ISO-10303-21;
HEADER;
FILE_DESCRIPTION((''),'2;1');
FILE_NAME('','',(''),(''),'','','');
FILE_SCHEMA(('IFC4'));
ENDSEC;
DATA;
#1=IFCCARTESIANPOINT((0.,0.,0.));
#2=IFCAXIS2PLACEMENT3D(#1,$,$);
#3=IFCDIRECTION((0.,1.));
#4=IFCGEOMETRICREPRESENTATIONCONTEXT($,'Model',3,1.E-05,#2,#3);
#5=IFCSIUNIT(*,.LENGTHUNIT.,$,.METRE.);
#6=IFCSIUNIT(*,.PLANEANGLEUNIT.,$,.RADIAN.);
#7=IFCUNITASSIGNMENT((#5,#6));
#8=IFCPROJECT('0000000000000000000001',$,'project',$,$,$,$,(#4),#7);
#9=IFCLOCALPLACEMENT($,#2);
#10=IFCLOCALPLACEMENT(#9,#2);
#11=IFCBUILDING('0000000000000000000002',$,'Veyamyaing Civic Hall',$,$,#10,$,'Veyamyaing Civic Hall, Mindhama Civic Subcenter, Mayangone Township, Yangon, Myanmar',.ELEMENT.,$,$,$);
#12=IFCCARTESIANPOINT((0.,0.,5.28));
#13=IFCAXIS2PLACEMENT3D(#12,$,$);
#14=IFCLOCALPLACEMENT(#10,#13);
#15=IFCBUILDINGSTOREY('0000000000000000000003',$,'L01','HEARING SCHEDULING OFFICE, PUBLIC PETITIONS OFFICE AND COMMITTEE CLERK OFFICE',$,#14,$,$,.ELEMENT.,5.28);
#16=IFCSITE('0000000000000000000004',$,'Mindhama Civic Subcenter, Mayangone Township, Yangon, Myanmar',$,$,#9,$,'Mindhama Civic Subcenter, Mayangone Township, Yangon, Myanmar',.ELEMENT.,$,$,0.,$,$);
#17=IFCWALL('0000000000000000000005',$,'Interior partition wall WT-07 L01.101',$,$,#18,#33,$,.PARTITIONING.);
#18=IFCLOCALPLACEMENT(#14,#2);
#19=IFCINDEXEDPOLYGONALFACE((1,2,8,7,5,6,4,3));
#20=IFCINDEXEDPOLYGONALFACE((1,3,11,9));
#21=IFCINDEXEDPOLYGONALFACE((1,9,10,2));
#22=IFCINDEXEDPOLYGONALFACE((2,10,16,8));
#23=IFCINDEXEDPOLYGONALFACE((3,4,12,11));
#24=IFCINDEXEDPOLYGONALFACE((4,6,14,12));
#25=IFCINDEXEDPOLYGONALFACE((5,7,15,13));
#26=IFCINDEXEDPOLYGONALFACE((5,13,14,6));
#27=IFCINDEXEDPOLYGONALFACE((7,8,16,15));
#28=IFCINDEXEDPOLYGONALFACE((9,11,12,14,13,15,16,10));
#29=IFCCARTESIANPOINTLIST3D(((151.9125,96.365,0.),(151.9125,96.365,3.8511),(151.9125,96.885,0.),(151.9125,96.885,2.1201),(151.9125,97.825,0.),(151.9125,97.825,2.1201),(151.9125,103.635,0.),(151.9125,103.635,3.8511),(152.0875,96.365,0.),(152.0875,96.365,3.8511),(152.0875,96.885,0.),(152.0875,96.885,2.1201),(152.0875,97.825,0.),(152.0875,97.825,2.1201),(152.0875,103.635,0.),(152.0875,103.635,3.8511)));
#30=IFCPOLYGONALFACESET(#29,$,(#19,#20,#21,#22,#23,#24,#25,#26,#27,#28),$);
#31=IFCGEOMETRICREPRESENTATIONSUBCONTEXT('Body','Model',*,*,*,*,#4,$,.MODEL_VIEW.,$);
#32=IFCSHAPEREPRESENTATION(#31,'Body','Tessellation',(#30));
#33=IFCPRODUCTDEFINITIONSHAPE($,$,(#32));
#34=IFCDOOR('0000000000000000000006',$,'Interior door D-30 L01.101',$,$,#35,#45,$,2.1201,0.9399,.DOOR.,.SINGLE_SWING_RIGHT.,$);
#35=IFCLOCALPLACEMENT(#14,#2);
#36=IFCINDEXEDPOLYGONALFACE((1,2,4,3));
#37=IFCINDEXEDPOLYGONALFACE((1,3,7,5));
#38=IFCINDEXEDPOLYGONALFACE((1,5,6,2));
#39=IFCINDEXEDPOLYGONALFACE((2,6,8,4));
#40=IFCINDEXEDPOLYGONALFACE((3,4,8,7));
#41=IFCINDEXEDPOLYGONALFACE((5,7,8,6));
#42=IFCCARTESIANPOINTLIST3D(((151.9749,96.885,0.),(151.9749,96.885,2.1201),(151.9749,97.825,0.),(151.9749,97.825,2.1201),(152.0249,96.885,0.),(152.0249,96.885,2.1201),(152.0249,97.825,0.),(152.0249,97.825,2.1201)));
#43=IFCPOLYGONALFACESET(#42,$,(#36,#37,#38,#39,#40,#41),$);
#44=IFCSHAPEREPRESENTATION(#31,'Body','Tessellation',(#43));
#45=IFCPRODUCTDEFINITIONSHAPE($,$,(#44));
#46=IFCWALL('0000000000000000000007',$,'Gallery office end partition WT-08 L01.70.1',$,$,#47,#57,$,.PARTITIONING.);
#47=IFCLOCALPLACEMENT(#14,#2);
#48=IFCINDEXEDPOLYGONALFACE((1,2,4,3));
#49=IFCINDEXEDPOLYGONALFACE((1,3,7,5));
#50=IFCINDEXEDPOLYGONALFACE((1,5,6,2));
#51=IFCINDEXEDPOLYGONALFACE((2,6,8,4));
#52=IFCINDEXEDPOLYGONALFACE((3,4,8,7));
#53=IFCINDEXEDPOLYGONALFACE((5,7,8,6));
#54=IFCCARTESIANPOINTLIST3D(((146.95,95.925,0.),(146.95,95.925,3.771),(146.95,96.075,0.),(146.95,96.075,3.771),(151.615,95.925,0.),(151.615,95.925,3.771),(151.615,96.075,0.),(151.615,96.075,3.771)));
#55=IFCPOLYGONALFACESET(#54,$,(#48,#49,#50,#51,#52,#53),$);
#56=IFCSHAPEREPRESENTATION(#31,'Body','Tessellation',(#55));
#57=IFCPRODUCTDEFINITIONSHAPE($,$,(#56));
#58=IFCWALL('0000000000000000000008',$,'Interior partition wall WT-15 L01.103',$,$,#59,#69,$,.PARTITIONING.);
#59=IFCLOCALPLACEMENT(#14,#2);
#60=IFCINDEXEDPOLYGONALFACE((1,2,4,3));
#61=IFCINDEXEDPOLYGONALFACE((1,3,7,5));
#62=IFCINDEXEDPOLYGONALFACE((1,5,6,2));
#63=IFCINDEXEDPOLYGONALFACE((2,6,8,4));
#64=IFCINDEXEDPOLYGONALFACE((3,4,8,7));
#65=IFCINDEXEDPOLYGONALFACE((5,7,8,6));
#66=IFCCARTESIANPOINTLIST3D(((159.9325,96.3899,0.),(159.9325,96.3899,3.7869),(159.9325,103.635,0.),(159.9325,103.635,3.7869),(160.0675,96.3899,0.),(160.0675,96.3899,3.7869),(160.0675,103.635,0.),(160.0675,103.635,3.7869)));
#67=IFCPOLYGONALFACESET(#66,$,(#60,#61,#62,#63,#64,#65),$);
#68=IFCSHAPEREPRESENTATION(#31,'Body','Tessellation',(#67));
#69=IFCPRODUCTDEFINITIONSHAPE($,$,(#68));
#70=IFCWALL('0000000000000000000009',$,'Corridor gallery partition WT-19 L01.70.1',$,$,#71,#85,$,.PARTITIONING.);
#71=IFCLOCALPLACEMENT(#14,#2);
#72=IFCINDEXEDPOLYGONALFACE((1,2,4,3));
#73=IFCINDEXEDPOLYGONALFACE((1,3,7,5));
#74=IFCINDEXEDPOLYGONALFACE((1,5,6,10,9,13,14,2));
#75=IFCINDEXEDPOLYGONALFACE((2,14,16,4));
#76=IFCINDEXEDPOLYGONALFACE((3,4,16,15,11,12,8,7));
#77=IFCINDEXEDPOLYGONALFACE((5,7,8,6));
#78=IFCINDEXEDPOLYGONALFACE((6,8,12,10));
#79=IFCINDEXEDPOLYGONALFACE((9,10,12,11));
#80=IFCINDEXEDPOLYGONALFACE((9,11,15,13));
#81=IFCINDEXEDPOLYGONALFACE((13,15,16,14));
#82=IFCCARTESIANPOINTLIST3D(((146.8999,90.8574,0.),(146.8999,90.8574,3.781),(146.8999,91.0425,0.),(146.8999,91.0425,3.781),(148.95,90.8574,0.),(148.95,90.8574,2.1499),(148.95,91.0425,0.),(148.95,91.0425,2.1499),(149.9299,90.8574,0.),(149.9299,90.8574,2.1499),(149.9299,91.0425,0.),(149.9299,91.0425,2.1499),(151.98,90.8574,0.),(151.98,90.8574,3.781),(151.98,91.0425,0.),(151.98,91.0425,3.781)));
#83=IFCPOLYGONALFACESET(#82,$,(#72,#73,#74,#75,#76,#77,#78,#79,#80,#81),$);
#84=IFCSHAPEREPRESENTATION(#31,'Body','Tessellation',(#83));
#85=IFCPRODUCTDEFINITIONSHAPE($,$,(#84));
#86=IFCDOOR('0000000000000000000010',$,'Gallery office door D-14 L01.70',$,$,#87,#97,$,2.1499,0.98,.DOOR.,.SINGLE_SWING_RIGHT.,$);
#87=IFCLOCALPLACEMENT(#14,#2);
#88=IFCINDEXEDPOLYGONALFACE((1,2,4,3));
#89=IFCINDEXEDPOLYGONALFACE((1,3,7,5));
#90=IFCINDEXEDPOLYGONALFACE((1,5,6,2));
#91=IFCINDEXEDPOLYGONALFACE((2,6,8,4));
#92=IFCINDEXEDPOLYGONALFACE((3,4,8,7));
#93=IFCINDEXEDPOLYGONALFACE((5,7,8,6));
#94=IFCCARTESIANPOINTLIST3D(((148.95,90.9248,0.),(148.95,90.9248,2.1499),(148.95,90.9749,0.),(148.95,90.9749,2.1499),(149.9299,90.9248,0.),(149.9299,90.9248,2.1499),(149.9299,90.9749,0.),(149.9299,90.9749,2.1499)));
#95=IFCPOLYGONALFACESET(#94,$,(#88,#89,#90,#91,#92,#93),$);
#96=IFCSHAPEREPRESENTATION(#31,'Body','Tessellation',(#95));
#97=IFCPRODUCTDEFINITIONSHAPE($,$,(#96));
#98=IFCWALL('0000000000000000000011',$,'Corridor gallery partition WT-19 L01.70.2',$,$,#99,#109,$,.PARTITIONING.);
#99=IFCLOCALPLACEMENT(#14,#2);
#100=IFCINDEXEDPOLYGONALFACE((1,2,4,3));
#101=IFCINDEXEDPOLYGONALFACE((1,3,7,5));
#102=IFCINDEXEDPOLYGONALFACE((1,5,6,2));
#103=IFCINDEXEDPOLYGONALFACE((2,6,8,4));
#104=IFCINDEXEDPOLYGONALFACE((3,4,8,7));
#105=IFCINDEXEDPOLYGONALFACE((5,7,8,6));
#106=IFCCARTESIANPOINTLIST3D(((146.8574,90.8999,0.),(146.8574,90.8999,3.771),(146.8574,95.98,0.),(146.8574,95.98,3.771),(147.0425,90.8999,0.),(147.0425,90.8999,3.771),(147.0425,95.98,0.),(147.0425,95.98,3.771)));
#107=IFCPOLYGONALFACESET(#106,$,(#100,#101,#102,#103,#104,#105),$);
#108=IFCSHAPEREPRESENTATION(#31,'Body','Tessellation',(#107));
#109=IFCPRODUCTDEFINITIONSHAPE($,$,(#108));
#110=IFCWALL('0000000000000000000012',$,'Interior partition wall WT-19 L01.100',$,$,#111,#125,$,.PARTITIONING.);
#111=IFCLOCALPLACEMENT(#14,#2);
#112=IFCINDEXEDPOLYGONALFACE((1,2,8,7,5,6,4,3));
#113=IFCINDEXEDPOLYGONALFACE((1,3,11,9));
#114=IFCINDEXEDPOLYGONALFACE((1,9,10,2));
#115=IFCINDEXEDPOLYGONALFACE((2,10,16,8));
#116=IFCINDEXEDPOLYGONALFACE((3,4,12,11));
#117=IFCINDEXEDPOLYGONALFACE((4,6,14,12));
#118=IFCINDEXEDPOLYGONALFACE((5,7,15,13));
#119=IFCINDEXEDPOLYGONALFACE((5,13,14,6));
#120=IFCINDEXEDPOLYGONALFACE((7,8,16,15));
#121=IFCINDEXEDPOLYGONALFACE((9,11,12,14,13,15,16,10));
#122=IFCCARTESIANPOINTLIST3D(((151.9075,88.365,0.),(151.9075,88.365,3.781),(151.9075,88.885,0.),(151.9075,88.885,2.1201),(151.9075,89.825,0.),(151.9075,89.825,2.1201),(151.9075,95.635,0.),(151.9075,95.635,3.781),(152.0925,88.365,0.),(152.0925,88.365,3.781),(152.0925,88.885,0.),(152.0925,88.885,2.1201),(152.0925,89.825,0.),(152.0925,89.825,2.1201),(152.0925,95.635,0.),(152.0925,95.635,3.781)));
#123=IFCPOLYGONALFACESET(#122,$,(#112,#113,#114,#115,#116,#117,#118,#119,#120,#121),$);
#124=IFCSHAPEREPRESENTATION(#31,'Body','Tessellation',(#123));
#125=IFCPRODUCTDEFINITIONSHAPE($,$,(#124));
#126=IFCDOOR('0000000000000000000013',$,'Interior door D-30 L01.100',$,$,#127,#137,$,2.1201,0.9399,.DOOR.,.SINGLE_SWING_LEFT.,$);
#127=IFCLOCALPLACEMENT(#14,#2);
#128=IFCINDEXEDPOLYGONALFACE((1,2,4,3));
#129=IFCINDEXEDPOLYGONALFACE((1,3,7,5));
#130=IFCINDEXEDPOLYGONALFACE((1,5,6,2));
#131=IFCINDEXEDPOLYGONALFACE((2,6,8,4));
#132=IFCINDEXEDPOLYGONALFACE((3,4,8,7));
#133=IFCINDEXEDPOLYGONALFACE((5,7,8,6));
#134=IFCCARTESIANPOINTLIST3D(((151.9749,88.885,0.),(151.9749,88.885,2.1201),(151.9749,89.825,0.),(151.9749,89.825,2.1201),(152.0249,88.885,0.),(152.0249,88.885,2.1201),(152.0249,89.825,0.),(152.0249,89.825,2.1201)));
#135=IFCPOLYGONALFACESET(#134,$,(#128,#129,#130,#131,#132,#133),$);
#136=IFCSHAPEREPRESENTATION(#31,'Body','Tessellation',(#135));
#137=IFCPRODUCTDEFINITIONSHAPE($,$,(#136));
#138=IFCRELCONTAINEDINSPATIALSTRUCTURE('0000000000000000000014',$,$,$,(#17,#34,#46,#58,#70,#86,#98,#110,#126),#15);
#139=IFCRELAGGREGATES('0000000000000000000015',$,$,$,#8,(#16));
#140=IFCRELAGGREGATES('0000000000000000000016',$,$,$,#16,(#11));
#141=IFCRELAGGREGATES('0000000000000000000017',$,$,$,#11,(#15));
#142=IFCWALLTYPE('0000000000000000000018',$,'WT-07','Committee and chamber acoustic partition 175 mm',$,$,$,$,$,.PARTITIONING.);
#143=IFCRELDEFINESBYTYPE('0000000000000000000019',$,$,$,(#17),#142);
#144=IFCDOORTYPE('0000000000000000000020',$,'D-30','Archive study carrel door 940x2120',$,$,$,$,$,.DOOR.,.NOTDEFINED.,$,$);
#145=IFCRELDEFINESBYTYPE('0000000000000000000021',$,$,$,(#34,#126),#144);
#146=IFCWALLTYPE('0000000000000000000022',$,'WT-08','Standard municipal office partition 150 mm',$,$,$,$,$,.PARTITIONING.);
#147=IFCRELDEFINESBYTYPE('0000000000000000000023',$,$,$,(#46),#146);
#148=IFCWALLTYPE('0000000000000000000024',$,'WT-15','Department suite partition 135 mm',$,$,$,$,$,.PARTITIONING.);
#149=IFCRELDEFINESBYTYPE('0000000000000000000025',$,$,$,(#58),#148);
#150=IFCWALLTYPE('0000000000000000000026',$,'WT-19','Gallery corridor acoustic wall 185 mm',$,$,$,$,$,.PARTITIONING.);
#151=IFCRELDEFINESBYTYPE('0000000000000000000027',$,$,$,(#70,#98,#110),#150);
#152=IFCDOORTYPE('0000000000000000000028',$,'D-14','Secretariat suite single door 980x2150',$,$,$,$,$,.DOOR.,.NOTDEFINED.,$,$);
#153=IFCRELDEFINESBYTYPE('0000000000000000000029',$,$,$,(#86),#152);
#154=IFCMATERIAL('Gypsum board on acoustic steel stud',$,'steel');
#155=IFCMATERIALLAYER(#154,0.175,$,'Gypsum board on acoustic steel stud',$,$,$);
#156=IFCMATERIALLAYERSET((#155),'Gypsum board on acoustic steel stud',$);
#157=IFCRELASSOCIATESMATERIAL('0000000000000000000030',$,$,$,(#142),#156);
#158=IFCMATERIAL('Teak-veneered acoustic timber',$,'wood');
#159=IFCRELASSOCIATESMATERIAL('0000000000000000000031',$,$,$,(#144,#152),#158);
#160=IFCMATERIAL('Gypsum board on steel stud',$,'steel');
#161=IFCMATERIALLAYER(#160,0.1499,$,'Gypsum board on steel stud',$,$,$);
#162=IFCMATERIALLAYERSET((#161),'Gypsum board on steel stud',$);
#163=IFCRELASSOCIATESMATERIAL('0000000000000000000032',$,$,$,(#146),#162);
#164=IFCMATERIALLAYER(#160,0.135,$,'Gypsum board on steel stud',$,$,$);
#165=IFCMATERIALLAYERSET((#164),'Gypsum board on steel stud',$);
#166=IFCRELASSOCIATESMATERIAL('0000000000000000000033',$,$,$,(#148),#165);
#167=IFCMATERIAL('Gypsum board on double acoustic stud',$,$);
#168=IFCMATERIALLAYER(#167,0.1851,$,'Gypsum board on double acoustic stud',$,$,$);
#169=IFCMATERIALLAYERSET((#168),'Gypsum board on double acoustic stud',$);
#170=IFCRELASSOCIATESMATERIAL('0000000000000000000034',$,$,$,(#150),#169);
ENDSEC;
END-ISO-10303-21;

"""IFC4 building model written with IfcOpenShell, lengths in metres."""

from ifc_helpers import new_model, si_unit, direction, frame, frame_2d, origin, place, context, subcontext, project, spatial, rectangle, extrude, material, layer, layer_set, type_object, element, fill, save


model = new_model("IFC4")

# Units and contexts
model_context = context("Model", 3, precision=1e-05, world=origin(), true_north=direction((0.0, 1.0)))
body_context = subcontext(model_context, "Body", "Model", "MODEL_VIEW")
ifc_project = project(units=[si_unit("LENGTHUNIT", "METRE"), si_unit("PLANEANGLEUNIT", "RADIAN")], contexts=[model_context])

# Site, building, storey
site_placement = place(None, origin())
site = spatial("IfcSite", under=ifc_project, at=site_placement, Name="Mindhama Civic Subcenter, Mayangone Township, Yangon, Myanmar", LongName="Mindhama Civic Subcenter, Mayangone Township, Yangon, Myanmar", CompositionType="ELEMENT", RefElevation=0.0)
building_placement = place(site_placement, origin())
building = spatial("IfcBuilding", under=site, at=building_placement, Name="Veyamyaing Civic Hall", LongName="Veyamyaing Civic Hall, Mindhama Civic Subcenter, Mayangone Township, Yangon, Myanmar", CompositionType="ELEMENT")
storey_placement = place(building_placement, frame((0.0, 0.0, 5.28)))
storey = spatial("IfcBuildingStorey", under=building, at=storey_placement, Name="L01", Description="HEARING SCHEDULING OFFICE, PUBLIC PETITIONS OFFICE AND COMMITTEE CLERK OFFICE", CompositionType="ELEMENT", Elevation=5.28)

# Shared definitions
ifc_material_1 = material(Name="Gypsum board on acoustic steel stud", Category="steel")
ifc_layer_1 = layer(ifc_material_1, 0.175, Name="Gypsum board on acoustic steel stud")
ifc_layer_set_1 = layer_set([ifc_layer_1], Name="Gypsum board on acoustic steel stud")
wall_type_1 = type_object("IfcWallType", Name="WT-07", Description="Committee and chamber acoustic partition 175 mm", PredefinedType="PARTITIONING", material=ifc_layer_set_1)

# Wall, opening, door
wall_1_placement = place(storey_placement, frame((152.0, 96.365, 0.0), z_axis=(0.0, 0.0, 1.0), x_axis=(0.0, 1.0, 0.0)))
wall_1 = element("IfcWall", 1, at=wall_1_placement, inside=storey, type_object=wall_type_1, Name="Interior partition wall WT-07 L01.101", PredefinedType="PARTITIONING", context=body_context, shape_type="SweptSolid", body=[
    extrude(rectangle(XDim=7.27, YDim=0.175, at=frame_2d((3.635, 0.0))), origin(), (0.0, 0.0, 1.0), 3.8511),
])
opening_1_placement = place(wall_1_placement, frame((0.52, 0.0, 0.0)))
opening_1 = element("IfcOpeningElement", 2, at=opening_1_placement, cuts=wall_1, PredefinedType="OPENING", context=body_context, shape_type="SweptSolid", body=[
    extrude(rectangle(XDim=0.9399, YDim=2.1201, at=frame_2d((0.47, 1.0601))), frame((0.0, 0.0974, 0.0), z_axis=(0.0, -1.0, 0.0), x_axis=(1.0, 0.0, 0.0)), (0.0, 0.0, 1.0), 0.1951),
])
ifc_material_2 = material(Name="Teak-veneered acoustic timber", Category="wood")
door_type_1 = type_object("IfcDoorType", Name="D-30", Description="Archive study carrel door 940x2120", OperationType="NOTDEFINED", PredefinedType="DOOR", material=ifc_material_2)
door_1_placement = place(opening_1_placement, frame((0.9399, 0.0, 0.0), z_axis=(0.0, 0.0, 1.0), x_axis=(-1.0, 0.0, 0.0)))
door_1 = element("IfcDoor", 3, at=door_1_placement, inside=storey, type_object=door_type_1, Name="Interior door D-30 L01.101", OperationType="SINGLE_SWING_RIGHT", OverallHeight=2.1201, OverallWidth=0.9399, PredefinedType="DOOR", context=body_context, shape_type="SweptSolid", body=[
    extrude(rectangle(XDim=0.9399, YDim=2.1201, at=frame_2d((0.47, 1.0601))), frame((0.0, 0.0249, 0.0), z_axis=(0.0, -1.0, 0.0), x_axis=(1.0, 0.0, 0.0)), (0.0, 0.0, 1.0), 0.05),
])
fill(opening_1, door_1)

# Walls
ifc_material_3 = material(Name="Gypsum board on steel stud", Category="steel")
ifc_layer_2 = layer(ifc_material_3, 0.1499, Name="Gypsum board on steel stud")
ifc_layer_set_2 = layer_set([ifc_layer_2], Name="Gypsum board on steel stud")
wall_type_2 = type_object("IfcWallType", Name="WT-08", Description="Standard municipal office partition 150 mm", PredefinedType="PARTITIONING", material=ifc_layer_set_2)
wall_2_placement = place(storey_placement, frame((146.95, 96.0, 0.0), z_axis=(0.0, 0.0, 1.0), x_axis=(1.0, 0.0, 0.0)))
element("IfcWall", 4, at=wall_2_placement, inside=storey, type_object=wall_type_2, Name="Gallery office end partition WT-08 L01.70.1", PredefinedType="PARTITIONING", context=body_context, shape_type="SweptSolid", body=[
    extrude(rectangle(XDim=4.665, YDim=0.1499, at=frame_2d((2.3325, 0.0))), origin(), (0.0, 0.0, 1.0), 3.771),
])
ifc_layer_3 = layer(ifc_material_3, 0.135, Name="Gypsum board on steel stud")
ifc_layer_set_3 = layer_set([ifc_layer_3], Name="Gypsum board on steel stud")
wall_type_3 = type_object("IfcWallType", Name="WT-15", Description="Department suite partition 135 mm", PredefinedType="PARTITIONING", material=ifc_layer_set_3)
wall_3_placement = place(storey_placement, frame((160.0, 96.3899, 0.0), z_axis=(0.0, 0.0, 1.0), x_axis=(0.0, 1.0, 0.0)))
element("IfcWall", 5, at=wall_3_placement, inside=storey, type_object=wall_type_3, Name="Interior partition wall WT-15 L01.103", PredefinedType="PARTITIONING", context=body_context, shape_type="SweptSolid", body=[
    extrude(rectangle(XDim=7.2451, YDim=0.135, at=frame_2d((3.6226, 0.0))), origin(), (0.0, 0.0, 1.0), 3.7869),
])

# Wall, opening, door
ifc_material_4 = material(Name="Gypsum board on double acoustic stud")
ifc_layer_4 = layer(ifc_material_4, 0.1851, Name="Gypsum board on double acoustic stud")
ifc_layer_set_4 = layer_set([ifc_layer_4], Name="Gypsum board on double acoustic stud")
wall_type_4 = type_object("IfcWallType", Name="WT-19", Description="Gallery corridor acoustic wall 185 mm", PredefinedType="PARTITIONING", material=ifc_layer_set_4)
wall_4_placement = place(storey_placement, frame((146.8999, 90.95, 0.0), z_axis=(0.0, 0.0, 1.0), x_axis=(1.0, 0.0, 0.0)))
wall_4 = element("IfcWall", 6, at=wall_4_placement, inside=storey, type_object=wall_type_4, Name="Corridor gallery partition WT-19 L01.70.1", PredefinedType="PARTITIONING", context=body_context, shape_type="SweptSolid", body=[
    extrude(rectangle(XDim=5.0801, YDim=0.1851, at=frame_2d((2.54, 0.0))), origin(), (0.0, 0.0, 1.0), 3.781),
])
opening_2_placement = place(wall_4_placement, frame((2.05, 0.0, 0.0)))
opening_2 = element("IfcOpeningElement", 7, at=opening_2_placement, cuts=wall_4, PredefinedType="OPENING", context=body_context, shape_type="SweptSolid", body=[
    extrude(rectangle(XDim=0.98, YDim=2.1499, at=frame_2d((0.49, 1.075))), frame((0.0, 0.1025, 0.0), z_axis=(0.0, -1.0, 0.0), x_axis=(1.0, 0.0, 0.0)), (0.0, 0.0, 1.0), 0.2051),
])
door_type_2 = type_object("IfcDoorType", Name="D-14", Description="Secretariat suite single door 980x2150", OperationType="NOTDEFINED", PredefinedType="DOOR", material=ifc_material_2)
door_2_placement = place(opening_2_placement, origin())
door_2 = element("IfcDoor", 8, at=door_2_placement, inside=storey, type_object=door_type_2, Name="Gallery office door D-14 L01.70", OperationType="SINGLE_SWING_RIGHT", OverallHeight=2.1499, OverallWidth=0.98, PredefinedType="DOOR", context=body_context, shape_type="SweptSolid", body=[
    extrude(rectangle(XDim=0.98, YDim=2.1499, at=frame_2d((0.49, 1.075))), frame((0.0, 0.0249, 0.0), z_axis=(0.0, -1.0, 0.0), x_axis=(1.0, 0.0, 0.0)), (0.0, 0.0, 1.0), 0.05),
])
fill(opening_2, door_2)

# Wall
wall_5_placement = place(storey_placement, frame((146.95, 90.8999, 0.0), z_axis=(0.0, 0.0, 1.0), x_axis=(0.0, 1.0, 0.0)))
element("IfcWall", 9, at=wall_5_placement, inside=storey, type_object=wall_type_4, Name="Corridor gallery partition WT-19 L01.70.2", PredefinedType="PARTITIONING", context=body_context, shape_type="SweptSolid", body=[
    extrude(rectangle(XDim=5.0801, YDim=0.1851, at=frame_2d((2.54, 0.0))), origin(), (0.0, 0.0, 1.0), 3.771),
])

# Wall, opening, door
wall_6_placement = place(storey_placement, frame((152.0, 88.365, 0.0), z_axis=(0.0, 0.0, 1.0), x_axis=(0.0, 1.0, 0.0)))
wall_6 = element("IfcWall", 10, at=wall_6_placement, inside=storey, type_object=wall_type_4, Name="Interior partition wall WT-19 L01.100", PredefinedType="PARTITIONING", context=body_context, shape_type="SweptSolid", body=[
    extrude(rectangle(XDim=7.27, YDim=0.1851, at=frame_2d((3.635, 0.0))), origin(), (0.0, 0.0, 1.0), 3.781),
])
opening_3_placement = place(wall_6_placement, frame((0.52, 0.0, 0.0)))
opening_3 = element("IfcOpeningElement", 11, at=opening_3_placement, cuts=wall_6, PredefinedType="OPENING", context=body_context, shape_type="SweptSolid", body=[
    extrude(rectangle(XDim=0.9399, YDim=2.1201, at=frame_2d((0.47, 1.0601))), frame((0.0, 0.1025, 0.0), z_axis=(0.0, -1.0, 0.0), x_axis=(1.0, 0.0, 0.0)), (0.0, 0.0, 1.0), 0.2051),
])
door_3_placement = place(opening_3_placement, frame((0.9399, 0.0, 0.0), z_axis=(0.0, 0.0, 1.0), x_axis=(-1.0, 0.0, 0.0)))
door_3 = element("IfcDoor", 12, at=door_3_placement, inside=storey, type_object=door_type_1, Name="Interior door D-30 L01.100", OperationType="SINGLE_SWING_LEFT", OverallHeight=2.1201, OverallWidth=0.9399, PredefinedType="DOOR", context=body_context, shape_type="SweptSolid", body=[
    extrude(rectangle(XDim=0.9399, YDim=2.1201, at=frame_2d((0.47, 1.0601))), frame((0.0, 0.0249, 0.0), z_axis=(0.0, -1.0, 0.0), x_axis=(1.0, 0.0, 0.0)), (0.0, 0.0, 1.0), 0.05),
])
fill(opening_3, door_3)

save(model, "model.ifc")
